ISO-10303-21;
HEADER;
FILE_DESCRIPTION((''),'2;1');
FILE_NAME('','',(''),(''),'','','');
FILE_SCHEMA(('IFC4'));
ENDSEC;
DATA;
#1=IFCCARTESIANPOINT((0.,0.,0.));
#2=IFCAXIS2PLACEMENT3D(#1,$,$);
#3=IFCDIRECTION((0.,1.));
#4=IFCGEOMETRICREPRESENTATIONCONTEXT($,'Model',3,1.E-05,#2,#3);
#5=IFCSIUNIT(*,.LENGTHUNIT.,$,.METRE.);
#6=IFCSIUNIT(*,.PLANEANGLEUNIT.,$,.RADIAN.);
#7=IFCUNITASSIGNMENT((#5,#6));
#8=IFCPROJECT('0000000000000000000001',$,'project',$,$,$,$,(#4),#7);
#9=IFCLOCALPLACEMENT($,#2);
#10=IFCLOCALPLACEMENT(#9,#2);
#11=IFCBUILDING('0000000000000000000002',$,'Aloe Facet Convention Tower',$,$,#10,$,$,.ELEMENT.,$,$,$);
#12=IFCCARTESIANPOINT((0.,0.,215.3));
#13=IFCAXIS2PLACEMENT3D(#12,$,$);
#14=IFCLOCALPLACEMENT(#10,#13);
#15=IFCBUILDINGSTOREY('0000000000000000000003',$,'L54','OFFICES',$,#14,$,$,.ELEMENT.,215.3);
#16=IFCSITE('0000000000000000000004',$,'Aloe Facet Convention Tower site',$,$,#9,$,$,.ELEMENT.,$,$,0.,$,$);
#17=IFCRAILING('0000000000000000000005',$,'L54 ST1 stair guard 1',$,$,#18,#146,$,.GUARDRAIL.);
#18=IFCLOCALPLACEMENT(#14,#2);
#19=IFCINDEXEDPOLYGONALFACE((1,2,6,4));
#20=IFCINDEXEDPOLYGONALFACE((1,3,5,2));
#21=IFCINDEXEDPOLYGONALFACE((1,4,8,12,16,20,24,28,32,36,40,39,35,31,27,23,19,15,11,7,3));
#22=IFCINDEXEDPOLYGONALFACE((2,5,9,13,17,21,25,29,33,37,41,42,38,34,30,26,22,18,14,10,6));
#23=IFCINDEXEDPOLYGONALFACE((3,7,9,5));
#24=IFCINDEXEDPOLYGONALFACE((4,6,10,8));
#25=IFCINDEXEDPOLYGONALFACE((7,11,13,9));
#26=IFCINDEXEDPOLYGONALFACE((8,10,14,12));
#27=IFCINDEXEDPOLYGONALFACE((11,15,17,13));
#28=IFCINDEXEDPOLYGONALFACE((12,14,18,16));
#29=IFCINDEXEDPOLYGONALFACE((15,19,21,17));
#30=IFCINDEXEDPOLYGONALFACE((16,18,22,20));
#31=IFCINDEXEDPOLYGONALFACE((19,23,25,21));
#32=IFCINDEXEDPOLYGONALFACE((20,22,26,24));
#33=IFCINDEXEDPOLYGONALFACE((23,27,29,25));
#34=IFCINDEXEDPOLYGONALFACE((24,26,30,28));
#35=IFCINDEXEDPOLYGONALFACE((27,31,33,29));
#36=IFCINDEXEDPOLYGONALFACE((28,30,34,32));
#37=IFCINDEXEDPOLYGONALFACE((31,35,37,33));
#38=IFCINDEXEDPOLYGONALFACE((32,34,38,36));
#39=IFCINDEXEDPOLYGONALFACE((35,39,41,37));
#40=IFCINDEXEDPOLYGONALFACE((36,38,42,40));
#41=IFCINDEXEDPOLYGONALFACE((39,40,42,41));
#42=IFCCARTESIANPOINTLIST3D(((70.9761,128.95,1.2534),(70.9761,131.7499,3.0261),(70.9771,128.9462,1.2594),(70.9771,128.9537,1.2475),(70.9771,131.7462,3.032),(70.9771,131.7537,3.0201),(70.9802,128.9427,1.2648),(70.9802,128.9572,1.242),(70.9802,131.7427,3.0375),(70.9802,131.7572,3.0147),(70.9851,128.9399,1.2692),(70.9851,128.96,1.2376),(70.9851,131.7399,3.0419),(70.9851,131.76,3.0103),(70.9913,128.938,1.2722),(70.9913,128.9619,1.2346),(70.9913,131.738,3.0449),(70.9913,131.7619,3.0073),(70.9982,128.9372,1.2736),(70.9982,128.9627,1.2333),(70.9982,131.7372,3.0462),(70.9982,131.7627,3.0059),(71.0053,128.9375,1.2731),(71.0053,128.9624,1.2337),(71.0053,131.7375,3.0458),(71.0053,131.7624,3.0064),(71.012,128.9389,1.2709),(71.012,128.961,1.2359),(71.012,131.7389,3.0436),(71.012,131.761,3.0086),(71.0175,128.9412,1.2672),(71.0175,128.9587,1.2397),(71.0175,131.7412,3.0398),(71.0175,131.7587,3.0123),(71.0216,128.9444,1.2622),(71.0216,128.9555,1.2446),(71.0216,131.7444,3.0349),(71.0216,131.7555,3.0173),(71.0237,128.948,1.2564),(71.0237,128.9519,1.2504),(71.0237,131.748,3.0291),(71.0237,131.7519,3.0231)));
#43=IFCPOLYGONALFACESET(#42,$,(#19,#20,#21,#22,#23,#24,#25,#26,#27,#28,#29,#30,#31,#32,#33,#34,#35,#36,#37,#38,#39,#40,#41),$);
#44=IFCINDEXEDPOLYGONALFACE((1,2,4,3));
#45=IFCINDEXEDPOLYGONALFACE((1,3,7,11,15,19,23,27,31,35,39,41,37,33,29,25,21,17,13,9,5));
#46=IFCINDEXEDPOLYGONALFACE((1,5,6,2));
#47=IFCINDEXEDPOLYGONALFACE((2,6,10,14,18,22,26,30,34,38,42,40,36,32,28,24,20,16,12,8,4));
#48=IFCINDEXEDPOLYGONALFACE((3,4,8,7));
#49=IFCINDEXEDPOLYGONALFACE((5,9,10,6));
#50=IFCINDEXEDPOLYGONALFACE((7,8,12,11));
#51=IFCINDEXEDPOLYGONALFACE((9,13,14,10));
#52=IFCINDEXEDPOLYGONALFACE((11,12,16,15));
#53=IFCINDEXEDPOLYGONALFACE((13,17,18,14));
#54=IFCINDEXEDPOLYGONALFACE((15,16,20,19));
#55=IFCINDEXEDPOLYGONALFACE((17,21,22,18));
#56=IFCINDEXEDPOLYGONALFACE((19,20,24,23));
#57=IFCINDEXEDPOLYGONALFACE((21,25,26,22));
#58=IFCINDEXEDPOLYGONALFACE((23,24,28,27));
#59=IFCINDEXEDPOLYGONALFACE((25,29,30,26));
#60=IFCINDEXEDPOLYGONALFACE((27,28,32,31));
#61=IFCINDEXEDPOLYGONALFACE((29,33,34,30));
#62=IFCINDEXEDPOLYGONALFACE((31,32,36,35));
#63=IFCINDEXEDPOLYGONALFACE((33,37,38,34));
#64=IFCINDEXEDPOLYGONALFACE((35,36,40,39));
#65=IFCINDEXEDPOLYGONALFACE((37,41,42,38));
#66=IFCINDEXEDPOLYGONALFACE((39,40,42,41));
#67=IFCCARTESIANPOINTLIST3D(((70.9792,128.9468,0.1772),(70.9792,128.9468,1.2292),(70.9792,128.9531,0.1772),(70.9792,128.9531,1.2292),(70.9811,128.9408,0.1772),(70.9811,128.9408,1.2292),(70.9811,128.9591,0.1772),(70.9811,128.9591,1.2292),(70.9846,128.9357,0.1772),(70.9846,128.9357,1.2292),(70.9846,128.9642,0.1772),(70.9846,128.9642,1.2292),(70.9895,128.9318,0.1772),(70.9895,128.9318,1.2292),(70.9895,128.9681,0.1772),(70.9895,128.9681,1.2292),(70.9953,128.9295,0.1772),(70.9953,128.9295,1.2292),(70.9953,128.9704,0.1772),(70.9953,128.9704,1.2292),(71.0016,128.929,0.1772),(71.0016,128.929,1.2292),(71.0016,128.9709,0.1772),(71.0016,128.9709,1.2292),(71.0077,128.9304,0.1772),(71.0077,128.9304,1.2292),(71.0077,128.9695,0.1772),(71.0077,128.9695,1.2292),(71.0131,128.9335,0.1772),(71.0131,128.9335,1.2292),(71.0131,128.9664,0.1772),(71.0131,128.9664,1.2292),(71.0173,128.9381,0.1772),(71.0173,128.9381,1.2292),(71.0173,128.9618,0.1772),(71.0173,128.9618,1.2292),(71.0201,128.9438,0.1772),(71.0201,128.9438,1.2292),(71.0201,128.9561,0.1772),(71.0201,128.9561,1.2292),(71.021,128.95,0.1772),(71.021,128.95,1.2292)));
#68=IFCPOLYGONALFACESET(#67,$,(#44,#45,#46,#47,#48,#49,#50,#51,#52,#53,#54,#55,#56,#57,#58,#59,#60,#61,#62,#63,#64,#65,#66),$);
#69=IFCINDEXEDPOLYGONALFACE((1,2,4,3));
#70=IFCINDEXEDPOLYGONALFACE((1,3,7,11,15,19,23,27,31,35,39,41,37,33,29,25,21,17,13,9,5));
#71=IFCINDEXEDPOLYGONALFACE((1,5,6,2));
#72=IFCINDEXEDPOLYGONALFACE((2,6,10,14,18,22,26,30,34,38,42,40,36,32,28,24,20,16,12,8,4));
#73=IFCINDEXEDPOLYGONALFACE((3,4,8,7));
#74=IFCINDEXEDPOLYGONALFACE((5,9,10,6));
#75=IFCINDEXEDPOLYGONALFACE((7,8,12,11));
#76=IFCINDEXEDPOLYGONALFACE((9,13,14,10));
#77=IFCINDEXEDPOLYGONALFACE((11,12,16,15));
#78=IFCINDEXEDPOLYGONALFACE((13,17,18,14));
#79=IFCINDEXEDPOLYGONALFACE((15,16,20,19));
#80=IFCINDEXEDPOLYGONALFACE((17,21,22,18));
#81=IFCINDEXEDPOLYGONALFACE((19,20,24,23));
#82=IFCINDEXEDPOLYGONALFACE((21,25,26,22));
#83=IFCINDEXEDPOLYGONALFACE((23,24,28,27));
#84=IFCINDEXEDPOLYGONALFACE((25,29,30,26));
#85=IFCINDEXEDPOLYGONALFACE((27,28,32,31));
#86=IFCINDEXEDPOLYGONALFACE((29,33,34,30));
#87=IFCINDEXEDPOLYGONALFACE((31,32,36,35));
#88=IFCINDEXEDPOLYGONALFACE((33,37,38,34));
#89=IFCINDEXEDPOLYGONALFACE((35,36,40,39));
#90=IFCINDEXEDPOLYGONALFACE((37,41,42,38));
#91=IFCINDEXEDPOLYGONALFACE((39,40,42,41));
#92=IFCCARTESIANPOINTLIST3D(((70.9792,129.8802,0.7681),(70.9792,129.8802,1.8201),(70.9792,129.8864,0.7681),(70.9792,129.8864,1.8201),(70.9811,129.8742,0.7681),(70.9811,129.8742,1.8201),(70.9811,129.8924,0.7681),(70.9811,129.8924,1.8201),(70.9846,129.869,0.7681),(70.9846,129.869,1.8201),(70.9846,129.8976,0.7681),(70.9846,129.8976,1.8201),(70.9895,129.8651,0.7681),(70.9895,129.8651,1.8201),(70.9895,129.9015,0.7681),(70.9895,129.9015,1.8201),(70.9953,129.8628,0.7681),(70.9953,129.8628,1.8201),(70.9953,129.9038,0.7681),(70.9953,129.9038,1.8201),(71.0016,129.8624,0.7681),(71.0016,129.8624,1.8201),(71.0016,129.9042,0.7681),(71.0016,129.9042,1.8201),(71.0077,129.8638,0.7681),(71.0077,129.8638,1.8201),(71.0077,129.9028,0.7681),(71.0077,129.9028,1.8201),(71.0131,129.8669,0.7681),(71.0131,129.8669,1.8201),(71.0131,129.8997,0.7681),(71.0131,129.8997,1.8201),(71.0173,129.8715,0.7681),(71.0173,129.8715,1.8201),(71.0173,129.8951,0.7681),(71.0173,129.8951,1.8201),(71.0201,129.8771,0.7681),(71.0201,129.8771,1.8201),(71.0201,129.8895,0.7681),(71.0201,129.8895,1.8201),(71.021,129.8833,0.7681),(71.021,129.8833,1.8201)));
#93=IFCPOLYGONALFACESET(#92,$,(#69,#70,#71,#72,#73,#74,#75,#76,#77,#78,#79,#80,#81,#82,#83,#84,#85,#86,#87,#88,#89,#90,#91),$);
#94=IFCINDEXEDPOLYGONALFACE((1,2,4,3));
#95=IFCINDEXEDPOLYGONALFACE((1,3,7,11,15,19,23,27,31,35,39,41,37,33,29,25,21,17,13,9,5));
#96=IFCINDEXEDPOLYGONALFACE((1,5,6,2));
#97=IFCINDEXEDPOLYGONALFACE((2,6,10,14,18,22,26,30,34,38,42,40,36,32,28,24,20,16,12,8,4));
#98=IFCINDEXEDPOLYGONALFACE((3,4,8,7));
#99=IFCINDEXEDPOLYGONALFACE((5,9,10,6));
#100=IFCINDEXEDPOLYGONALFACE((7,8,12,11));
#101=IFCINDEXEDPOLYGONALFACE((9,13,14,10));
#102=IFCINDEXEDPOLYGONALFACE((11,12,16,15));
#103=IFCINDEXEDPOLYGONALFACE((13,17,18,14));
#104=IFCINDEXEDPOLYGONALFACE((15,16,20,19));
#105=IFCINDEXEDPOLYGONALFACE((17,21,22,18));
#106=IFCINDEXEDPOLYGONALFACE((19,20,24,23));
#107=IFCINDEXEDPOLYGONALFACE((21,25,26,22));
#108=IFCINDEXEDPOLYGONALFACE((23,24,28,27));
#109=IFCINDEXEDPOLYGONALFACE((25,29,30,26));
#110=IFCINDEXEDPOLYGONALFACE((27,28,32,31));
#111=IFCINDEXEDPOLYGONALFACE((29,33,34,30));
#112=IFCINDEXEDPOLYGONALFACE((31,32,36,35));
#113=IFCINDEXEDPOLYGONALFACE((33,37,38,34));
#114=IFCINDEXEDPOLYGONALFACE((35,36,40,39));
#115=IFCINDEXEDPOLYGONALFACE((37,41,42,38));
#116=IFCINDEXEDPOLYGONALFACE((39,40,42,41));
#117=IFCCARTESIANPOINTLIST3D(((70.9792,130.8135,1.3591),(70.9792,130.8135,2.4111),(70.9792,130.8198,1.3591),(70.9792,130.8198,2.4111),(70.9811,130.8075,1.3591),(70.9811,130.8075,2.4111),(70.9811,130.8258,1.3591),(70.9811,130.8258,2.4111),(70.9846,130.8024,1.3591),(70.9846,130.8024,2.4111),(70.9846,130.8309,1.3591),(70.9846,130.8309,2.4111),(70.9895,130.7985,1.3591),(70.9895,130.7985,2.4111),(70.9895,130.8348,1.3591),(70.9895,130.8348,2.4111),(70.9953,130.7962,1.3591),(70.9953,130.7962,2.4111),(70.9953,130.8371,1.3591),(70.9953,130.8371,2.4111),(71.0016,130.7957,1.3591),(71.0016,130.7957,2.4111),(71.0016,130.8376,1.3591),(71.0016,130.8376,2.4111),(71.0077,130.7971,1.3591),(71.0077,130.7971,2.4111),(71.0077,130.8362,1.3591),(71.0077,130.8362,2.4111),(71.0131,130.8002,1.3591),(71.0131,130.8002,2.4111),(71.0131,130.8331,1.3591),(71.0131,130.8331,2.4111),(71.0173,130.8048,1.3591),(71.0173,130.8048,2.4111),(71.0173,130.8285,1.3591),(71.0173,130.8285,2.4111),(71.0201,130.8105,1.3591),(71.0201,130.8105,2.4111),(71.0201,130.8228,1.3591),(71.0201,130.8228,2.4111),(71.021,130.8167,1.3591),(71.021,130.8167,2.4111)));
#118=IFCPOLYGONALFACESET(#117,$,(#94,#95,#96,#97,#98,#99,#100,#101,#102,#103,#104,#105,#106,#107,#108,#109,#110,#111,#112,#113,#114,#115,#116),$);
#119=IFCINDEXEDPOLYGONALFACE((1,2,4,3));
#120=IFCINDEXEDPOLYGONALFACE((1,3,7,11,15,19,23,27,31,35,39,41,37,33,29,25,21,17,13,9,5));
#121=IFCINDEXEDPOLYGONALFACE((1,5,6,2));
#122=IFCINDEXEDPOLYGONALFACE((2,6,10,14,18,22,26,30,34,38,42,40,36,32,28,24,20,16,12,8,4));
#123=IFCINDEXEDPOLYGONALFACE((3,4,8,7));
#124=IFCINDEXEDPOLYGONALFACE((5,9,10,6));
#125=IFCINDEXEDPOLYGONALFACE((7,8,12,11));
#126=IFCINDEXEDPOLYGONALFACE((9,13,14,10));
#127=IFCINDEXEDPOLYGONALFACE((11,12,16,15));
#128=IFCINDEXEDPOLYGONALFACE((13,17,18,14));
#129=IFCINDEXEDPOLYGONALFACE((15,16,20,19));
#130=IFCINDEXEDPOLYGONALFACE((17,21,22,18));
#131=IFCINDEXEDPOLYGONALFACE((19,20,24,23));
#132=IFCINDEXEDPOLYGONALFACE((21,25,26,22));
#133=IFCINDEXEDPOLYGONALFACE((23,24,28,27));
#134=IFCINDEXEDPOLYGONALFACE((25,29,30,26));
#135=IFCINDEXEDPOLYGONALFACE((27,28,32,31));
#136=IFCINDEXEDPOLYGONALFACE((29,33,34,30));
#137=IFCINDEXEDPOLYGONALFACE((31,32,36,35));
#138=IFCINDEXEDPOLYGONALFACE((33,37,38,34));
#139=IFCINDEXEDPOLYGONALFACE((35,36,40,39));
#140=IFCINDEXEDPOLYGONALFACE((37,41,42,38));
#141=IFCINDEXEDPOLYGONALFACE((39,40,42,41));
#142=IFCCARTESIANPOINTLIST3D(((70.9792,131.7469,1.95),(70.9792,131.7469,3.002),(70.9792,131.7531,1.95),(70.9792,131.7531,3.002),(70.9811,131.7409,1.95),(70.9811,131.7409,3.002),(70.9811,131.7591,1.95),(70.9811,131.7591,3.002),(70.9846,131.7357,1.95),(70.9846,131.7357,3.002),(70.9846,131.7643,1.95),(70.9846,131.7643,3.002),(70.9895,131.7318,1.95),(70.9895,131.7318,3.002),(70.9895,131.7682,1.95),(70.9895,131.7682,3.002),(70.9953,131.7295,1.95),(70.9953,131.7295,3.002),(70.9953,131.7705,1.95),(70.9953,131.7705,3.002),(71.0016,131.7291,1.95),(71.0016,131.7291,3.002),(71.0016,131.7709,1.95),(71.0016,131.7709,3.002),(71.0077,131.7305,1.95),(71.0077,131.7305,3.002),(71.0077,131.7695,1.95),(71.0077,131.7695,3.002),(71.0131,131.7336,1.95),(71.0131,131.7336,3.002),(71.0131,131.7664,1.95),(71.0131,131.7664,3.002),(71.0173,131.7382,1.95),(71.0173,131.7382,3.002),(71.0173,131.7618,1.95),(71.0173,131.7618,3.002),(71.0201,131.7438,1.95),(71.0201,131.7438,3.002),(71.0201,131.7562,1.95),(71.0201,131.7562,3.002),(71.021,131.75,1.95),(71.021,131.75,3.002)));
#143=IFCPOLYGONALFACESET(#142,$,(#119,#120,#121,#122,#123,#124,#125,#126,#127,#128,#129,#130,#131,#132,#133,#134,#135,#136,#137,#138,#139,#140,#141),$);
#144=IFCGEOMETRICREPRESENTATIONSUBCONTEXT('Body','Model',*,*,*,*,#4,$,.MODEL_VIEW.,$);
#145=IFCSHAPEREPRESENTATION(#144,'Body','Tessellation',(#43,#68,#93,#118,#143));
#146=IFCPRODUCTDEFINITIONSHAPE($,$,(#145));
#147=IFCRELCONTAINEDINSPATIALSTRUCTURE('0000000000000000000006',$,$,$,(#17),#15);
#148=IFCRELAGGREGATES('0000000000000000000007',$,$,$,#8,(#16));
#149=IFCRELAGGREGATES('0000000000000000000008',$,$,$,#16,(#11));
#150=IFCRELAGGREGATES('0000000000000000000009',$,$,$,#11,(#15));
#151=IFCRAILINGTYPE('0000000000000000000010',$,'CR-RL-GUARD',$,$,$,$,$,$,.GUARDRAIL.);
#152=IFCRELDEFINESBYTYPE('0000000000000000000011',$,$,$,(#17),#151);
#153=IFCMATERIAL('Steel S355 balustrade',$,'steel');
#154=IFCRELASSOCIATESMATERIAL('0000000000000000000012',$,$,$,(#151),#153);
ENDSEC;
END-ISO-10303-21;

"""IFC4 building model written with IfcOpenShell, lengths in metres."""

from ifc_helpers import new_model, si_unit, direction, frame, origin, origin_2d, place, context, subcontext, project, spatial, circle, extrude, material, type_object, element, save


model = new_model("IFC4")

# Units and contexts
model_context = context("Model", 3, precision=1e-05, world=origin(), true_north=direction((0.0, 1.0)))
body_context = subcontext(model_context, "Body", "Model", "MODEL_VIEW")
ifc_project = project(units=[si_unit("LENGTHUNIT", "METRE"), si_unit("PLANEANGLEUNIT", "RADIAN")], contexts=[model_context])

# Site, building, storey
site_placement = place(None, origin())
site = spatial("IfcSite", under=ifc_project, at=site_placement, Name="Aloe Facet Convention Tower site", CompositionType="ELEMENT", RefElevation=0.0)
building_placement = place(site_placement, origin())
building = spatial("IfcBuilding", under=site, at=building_placement, Name="Aloe Facet Convention Tower", CompositionType="ELEMENT")
storey_placement = place(building_placement, frame((0.0, 0.0, 215.3)))
storey = spatial("IfcBuildingStorey", under=building, at=storey_placement, Name="L54", Description="OFFICES", CompositionType="ELEMENT", Elevation=215.3)

# Railing
ifc_material_1 = material(Name="Steel S355 balustrade", Category="steel")
railing_type_1 = type_object("IfcRailingType", Name="CR-RL-GUARD", PredefinedType="GUARDRAIL", material=ifc_material_1)
railing_1_placement = place(storey_placement, frame((71.0, 128.95, 0.1772)))
element("IfcRailing", 1, at=railing_1_placement, inside=storey, type_object=railing_type_1, Name="L54 ST1 stair guard 1", PredefinedType="GUARDRAIL", context=body_context, shape_type="SweptSolid", body=[
    extrude(circle(Radius=0.0239, at=origin_2d()), frame((0.0, 0.0, 1.0762), z_axis=(0.0, 0.844909, 0.53491), x_axis=(-1.0, 0.0, 0.0)), (0.0, 0.0, 1.0), 3.314),
    extrude(circle(Radius=0.021, at=origin_2d()), origin(), (0.0, 0.0, 1.0), 1.052),
    extrude(circle(Radius=0.021, at=origin_2d()), frame((0.0, 0.9333, 0.5908)), (0.0, 0.0, 1.0), 1.052),
    extrude(circle(Radius=0.021, at=origin_2d()), frame((0.0, 1.8667, 1.1819)), (0.0, 0.0, 1.0), 1.052),
    extrude(circle(Radius=0.021, at=origin_2d()), frame((0.0, 2.8, 1.7727)), (0.0, 0.0, 1.0), 1.052),
])

save(model, "model.ifc")
